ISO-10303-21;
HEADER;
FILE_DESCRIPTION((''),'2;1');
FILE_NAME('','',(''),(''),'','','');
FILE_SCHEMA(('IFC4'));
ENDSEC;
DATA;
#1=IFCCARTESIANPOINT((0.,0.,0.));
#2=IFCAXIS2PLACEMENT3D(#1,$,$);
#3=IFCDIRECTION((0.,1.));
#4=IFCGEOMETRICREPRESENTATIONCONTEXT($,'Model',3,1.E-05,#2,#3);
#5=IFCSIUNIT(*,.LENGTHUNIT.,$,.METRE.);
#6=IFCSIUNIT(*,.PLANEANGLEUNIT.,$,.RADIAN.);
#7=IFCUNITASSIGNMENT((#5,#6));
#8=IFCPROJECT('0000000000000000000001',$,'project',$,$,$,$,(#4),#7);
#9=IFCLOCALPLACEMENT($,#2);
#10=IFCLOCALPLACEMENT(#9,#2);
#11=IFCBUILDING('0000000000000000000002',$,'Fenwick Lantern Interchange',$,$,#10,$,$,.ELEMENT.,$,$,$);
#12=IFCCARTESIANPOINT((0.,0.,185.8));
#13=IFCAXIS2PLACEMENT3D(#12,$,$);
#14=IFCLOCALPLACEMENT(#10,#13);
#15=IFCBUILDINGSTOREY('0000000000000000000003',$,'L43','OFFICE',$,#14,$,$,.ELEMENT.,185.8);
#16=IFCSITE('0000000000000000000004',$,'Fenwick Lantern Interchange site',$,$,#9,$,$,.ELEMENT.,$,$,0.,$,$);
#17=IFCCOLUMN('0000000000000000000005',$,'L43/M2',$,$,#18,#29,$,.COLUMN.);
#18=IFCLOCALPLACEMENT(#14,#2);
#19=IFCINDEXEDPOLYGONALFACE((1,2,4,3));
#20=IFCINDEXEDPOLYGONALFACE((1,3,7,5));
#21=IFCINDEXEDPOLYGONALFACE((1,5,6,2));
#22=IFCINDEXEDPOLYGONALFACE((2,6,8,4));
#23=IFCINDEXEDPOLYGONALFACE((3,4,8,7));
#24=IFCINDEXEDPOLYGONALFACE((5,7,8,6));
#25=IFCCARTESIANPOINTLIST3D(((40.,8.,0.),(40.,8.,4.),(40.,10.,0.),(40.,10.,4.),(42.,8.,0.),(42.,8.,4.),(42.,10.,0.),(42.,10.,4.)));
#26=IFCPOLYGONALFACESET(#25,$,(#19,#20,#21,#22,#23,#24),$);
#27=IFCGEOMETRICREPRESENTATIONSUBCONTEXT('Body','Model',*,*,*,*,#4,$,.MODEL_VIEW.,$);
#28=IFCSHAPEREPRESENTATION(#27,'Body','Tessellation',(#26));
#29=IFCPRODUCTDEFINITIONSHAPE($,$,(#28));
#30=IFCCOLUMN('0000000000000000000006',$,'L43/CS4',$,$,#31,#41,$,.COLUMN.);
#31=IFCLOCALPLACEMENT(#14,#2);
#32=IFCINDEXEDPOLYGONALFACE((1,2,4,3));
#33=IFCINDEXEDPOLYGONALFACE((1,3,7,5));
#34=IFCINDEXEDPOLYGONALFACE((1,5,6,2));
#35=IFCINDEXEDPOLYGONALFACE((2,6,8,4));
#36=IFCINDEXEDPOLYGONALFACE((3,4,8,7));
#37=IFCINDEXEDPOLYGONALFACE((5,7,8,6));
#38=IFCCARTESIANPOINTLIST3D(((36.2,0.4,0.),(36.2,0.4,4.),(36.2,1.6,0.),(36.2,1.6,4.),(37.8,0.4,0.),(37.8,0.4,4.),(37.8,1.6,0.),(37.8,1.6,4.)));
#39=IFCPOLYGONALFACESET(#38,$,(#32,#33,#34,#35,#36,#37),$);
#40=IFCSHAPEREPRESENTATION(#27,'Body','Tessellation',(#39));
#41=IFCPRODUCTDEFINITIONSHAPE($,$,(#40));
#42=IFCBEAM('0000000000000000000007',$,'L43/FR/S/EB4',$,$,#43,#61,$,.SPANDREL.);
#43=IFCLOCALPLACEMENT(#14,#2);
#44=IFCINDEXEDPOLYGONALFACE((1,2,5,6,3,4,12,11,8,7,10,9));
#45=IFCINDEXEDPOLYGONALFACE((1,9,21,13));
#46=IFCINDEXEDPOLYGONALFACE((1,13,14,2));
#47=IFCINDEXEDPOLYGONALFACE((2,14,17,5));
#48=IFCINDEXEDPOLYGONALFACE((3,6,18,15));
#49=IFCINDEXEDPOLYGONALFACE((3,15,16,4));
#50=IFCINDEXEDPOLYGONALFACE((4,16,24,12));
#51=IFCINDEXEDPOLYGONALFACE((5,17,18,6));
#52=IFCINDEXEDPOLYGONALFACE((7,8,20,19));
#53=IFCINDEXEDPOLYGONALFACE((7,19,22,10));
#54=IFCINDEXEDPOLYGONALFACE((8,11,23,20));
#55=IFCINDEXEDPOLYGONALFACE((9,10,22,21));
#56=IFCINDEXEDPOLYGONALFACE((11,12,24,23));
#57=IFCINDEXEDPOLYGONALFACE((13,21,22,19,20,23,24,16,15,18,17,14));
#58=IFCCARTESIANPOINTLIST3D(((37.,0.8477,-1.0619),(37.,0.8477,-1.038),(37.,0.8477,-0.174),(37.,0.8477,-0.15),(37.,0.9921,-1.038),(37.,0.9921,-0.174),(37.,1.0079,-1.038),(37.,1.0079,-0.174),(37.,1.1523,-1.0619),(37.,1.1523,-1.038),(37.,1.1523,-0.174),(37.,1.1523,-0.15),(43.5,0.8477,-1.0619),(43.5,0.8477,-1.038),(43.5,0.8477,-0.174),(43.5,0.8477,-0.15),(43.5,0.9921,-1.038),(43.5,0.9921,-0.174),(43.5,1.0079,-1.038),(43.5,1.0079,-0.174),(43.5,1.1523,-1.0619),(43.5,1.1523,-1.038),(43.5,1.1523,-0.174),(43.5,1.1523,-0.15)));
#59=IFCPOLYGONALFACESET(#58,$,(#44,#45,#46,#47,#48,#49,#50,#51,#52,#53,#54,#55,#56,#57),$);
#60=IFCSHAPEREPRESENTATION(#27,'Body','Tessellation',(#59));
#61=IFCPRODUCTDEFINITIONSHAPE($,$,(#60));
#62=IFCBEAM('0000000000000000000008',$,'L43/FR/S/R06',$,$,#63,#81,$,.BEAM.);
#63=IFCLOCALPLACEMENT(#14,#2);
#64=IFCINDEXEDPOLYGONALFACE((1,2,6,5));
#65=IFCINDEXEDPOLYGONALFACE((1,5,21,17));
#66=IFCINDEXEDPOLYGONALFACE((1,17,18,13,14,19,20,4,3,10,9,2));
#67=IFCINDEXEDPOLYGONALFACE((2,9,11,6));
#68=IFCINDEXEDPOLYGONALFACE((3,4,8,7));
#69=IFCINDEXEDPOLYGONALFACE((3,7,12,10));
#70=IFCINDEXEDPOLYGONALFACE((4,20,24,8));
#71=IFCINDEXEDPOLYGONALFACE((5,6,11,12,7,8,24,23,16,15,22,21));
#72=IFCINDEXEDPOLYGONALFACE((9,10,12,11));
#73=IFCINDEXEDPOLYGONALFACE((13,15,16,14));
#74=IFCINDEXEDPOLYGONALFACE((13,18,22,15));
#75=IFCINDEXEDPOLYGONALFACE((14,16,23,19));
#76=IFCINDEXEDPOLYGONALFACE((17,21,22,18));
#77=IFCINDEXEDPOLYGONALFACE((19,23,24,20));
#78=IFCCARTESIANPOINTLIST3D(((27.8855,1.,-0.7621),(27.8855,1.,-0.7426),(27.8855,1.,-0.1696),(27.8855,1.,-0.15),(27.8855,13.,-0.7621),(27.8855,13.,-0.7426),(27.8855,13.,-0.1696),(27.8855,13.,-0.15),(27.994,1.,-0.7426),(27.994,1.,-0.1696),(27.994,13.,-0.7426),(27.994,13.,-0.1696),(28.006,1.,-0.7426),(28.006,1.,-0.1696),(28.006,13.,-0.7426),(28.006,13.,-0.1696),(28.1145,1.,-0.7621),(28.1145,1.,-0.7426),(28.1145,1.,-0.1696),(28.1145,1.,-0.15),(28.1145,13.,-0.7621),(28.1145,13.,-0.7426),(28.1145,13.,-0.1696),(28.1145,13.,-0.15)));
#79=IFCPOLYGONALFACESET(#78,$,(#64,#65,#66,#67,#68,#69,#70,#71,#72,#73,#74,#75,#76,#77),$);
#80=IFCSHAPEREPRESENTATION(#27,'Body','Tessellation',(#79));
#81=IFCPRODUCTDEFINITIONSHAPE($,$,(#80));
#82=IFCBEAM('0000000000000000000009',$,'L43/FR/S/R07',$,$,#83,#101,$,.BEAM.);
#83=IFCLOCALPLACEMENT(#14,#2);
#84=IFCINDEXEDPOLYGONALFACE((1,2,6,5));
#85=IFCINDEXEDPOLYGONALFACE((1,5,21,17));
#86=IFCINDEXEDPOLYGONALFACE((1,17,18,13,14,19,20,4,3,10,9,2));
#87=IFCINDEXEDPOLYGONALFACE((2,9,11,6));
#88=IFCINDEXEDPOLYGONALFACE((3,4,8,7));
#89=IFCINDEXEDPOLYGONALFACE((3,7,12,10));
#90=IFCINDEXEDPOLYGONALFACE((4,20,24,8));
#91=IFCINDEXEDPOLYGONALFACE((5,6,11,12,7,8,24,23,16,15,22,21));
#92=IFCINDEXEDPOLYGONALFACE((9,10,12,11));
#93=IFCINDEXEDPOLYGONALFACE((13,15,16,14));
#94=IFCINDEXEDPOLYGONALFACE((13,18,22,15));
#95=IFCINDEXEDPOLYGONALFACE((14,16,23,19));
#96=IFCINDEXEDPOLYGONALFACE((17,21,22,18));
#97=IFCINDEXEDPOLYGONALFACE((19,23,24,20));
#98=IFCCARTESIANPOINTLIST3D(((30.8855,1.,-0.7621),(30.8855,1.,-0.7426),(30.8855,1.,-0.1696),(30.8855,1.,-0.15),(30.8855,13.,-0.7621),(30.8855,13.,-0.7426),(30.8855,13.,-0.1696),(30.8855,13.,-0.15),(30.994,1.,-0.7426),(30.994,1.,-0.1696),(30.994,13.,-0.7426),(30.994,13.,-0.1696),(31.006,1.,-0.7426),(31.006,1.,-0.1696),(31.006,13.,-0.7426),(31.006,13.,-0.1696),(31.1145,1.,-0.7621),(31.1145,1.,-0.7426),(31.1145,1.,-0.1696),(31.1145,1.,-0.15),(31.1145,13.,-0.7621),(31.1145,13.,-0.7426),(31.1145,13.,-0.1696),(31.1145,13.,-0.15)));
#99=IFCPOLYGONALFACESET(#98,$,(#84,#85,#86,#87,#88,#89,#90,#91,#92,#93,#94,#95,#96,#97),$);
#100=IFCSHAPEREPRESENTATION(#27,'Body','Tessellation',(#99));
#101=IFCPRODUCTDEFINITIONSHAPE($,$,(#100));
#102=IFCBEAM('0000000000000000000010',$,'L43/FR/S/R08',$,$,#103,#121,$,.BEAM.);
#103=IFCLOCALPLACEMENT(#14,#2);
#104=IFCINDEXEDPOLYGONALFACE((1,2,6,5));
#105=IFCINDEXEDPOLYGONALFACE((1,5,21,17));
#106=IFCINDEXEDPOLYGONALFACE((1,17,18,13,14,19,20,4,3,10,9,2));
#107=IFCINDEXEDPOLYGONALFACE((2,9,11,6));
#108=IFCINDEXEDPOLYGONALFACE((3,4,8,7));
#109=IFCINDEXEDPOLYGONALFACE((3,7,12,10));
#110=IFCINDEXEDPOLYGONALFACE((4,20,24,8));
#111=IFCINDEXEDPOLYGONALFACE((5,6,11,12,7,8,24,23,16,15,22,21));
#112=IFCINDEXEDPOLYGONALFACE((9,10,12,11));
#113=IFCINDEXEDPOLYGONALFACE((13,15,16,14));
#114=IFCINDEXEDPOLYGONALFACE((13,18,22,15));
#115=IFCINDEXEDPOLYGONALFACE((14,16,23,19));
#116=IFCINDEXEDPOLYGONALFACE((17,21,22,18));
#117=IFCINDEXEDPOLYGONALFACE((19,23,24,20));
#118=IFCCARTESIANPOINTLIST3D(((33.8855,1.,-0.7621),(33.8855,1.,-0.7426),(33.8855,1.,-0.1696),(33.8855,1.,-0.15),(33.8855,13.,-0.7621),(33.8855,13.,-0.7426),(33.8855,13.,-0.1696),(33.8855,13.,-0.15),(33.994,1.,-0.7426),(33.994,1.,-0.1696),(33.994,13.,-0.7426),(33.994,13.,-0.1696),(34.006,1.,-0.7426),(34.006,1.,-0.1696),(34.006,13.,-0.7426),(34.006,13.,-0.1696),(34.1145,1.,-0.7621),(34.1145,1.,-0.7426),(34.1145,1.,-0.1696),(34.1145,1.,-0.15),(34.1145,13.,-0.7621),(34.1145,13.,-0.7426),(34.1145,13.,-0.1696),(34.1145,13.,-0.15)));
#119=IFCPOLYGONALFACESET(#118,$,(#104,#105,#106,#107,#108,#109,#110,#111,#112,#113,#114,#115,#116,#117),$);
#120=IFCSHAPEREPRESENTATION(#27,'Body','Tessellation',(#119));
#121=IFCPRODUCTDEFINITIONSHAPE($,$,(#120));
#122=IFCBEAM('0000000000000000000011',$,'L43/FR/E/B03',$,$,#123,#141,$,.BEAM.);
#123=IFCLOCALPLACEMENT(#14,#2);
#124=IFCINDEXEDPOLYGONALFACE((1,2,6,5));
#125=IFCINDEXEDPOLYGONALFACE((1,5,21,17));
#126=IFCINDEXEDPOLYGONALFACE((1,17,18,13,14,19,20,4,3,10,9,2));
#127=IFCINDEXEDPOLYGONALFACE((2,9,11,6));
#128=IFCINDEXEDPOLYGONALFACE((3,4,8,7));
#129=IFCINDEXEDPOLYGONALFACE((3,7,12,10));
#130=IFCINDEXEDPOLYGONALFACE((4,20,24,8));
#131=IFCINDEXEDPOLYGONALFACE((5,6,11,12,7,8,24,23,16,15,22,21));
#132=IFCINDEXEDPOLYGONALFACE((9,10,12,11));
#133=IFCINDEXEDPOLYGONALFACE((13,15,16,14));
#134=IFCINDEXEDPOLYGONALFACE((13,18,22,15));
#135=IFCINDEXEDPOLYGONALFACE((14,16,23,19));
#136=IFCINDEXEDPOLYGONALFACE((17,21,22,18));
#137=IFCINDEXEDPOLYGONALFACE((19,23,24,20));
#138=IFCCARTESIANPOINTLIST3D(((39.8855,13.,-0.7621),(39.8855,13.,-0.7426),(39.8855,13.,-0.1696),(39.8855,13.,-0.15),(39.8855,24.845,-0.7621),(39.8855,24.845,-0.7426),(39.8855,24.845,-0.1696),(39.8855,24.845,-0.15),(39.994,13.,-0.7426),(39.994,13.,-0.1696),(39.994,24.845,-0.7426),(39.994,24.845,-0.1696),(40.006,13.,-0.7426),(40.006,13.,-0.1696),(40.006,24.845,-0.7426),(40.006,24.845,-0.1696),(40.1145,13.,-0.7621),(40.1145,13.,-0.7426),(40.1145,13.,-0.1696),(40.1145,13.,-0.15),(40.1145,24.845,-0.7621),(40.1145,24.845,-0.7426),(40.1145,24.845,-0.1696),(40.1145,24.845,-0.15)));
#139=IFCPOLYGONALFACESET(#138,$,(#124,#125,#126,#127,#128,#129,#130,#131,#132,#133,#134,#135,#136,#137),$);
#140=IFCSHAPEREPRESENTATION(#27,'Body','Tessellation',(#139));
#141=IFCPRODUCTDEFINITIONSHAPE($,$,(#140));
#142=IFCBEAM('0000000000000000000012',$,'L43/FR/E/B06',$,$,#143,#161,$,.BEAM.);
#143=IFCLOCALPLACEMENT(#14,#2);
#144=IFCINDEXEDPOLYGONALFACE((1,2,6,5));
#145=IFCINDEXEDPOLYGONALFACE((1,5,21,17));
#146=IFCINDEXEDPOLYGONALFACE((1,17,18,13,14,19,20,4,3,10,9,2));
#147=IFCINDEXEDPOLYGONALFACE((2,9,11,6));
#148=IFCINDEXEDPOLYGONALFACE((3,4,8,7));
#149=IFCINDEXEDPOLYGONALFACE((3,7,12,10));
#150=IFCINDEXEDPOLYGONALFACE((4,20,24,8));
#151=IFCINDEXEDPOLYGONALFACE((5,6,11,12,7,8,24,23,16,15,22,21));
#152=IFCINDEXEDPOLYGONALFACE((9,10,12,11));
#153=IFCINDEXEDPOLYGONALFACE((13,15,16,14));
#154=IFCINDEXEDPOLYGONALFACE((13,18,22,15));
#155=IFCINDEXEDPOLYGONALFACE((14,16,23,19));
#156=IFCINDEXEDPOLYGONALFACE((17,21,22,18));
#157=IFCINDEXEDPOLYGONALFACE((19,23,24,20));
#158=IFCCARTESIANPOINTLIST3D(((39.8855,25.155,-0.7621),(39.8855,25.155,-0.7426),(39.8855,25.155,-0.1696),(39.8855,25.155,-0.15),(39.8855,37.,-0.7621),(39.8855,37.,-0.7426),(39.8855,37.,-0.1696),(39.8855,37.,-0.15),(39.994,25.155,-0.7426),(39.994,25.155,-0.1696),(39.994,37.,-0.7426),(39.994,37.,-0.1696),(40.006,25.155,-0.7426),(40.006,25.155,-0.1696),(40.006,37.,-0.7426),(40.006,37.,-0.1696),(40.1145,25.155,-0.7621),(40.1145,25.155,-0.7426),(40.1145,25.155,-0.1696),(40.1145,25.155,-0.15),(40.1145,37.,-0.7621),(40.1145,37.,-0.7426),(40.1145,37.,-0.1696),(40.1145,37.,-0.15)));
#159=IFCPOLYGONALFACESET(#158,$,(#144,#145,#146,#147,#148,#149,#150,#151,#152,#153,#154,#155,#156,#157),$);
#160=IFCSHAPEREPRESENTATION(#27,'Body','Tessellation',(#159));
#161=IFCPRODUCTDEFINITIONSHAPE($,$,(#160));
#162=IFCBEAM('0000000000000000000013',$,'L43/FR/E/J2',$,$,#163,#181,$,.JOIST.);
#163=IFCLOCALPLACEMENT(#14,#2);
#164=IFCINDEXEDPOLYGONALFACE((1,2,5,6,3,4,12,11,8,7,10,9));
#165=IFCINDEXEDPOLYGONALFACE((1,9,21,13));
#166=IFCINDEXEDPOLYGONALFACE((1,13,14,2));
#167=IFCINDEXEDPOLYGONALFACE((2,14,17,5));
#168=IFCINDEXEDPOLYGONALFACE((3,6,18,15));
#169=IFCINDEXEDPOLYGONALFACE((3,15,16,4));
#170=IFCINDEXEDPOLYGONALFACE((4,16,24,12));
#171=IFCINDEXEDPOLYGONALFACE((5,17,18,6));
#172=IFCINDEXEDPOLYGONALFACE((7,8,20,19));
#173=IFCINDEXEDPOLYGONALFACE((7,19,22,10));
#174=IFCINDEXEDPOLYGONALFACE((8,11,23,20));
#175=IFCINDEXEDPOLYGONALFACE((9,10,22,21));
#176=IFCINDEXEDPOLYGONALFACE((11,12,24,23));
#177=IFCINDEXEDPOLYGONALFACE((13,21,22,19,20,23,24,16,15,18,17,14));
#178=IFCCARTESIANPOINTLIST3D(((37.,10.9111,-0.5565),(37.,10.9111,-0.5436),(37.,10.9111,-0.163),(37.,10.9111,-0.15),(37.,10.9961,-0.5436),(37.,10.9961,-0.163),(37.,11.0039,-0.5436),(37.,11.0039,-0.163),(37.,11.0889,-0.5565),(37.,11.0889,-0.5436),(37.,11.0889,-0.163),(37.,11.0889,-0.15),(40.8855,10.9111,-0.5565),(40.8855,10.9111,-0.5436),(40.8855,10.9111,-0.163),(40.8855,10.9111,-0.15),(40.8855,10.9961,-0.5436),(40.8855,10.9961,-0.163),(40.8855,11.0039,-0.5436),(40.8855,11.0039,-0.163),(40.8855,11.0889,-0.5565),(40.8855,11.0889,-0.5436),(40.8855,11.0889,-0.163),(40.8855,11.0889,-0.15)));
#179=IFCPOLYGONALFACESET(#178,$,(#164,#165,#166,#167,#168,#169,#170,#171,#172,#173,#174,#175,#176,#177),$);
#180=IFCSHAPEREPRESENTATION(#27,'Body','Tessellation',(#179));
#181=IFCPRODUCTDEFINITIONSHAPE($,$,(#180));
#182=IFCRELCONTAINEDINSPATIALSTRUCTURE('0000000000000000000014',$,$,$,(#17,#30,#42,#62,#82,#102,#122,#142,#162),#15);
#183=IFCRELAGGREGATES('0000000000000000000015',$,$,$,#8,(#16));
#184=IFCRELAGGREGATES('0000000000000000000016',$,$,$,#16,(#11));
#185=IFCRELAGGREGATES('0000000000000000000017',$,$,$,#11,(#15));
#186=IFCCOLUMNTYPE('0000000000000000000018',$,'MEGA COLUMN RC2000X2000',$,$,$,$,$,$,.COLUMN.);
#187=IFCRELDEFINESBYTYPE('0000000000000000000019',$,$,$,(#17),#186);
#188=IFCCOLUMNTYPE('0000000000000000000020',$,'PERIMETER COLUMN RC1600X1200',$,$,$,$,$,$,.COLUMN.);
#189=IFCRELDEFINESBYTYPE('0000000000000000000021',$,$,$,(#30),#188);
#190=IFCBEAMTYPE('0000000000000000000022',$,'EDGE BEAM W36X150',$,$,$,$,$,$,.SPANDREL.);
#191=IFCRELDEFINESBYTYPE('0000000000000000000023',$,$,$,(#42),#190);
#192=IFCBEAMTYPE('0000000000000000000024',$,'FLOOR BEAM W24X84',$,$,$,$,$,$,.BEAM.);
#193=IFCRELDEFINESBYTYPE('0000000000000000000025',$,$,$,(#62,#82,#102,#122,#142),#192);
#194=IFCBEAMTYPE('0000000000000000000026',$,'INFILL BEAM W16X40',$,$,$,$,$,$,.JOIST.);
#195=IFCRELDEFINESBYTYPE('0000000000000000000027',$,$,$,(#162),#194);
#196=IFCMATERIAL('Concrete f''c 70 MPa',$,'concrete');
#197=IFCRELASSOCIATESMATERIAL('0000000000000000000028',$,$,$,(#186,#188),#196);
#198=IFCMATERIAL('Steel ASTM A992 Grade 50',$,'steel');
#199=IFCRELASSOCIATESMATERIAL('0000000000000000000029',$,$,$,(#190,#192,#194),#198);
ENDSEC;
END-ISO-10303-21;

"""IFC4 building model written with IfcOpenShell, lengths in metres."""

from ifc_helpers import new_model, si_unit, direction, frame, origin, origin_2d, place, context, subcontext, project, spatial, rectangle, i_section, extrude, material, material_profile, profile_set, type_object, element, save


model = new_model("IFC4")

# Units and contexts
model_context = context("Model", 3, precision=1e-05, world=origin(), true_north=direction((0.0, 1.0)))
body_context = subcontext(model_context, "Body", "Model", "MODEL_VIEW")
ifc_project = project(units=[si_unit("LENGTHUNIT", "METRE"), si_unit("PLANEANGLEUNIT", "RADIAN")], contexts=[model_context])

# Site, building, storey
site_placement = place(None, origin())
site = spatial("IfcSite", under=ifc_project, at=site_placement, Name="Fenwick Lantern Interchange site", CompositionType="ELEMENT", RefElevation=0.0)
building_placement = place(site_placement, origin())
building = spatial("IfcBuilding", under=site, at=building_placement, Name="Fenwick Lantern Interchange", CompositionType="ELEMENT")
storey_placement = place(building_placement, frame((0.0, 0.0, 185.8)))
storey = spatial("IfcBuildingStorey", under=building, at=storey_placement, Name="L43", Description="OFFICE", CompositionType="ELEMENT", Elevation=185.8)

# Columns
ifc_material_1 = material(Name="Concrete f'c 70 MPa", Category="concrete")
ifc_material_profile_1 = material_profile(ifc_material_1, rectangle(XDim=2.0, YDim=2.0, at=origin_2d()), Name="RC2000X2000")
ifc_profile_set_1 = profile_set([ifc_material_profile_1], Name="Concrete f'c 70 MPa")
column_type_1 = type_object("IfcColumnType", Name="MEGA COLUMN RC2000X2000", PredefinedType="COLUMN", material=ifc_profile_set_1)
column_1_placement = place(storey_placement, frame((41.0, 9.0, 0.0), z_axis=(0.0, 0.0, 1.0), x_axis=(1.0, 0.0, 0.0)))
element("IfcColumn", 1, at=column_1_placement, inside=storey, type_object=column_type_1, Name="L43/M2", PredefinedType="COLUMN", context=body_context, shape_type="SweptSolid", body=[
    extrude(rectangle(XDim=2.0, YDim=2.0, at=origin_2d()), origin(), (0.0, 0.0, 1.0), 4.0),
])
ifc_material_profile_2 = material_profile(ifc_material_1, rectangle(XDim=1.6001, YDim=1.2, at=origin_2d()), Name="RC1600X1200")
ifc_profile_set_2 = profile_set([ifc_material_profile_2], Name="Concrete f'c 70 MPa")
column_type_2 = type_object("IfcColumnType", Name="PERIMETER COLUMN RC1600X1200", PredefinedType="COLUMN", material=ifc_profile_set_2)
column_2_placement = place(storey_placement, frame((37.0, 1.0, 0.0), z_axis=(0.0, 0.0, 1.0), x_axis=(1.0, 0.0, 0.0)))
element("IfcColumn", 2, at=column_2_placement, inside=storey, type_object=column_type_2, Name="L43/CS4", PredefinedType="COLUMN", context=body_context, shape_type="SweptSolid", body=[
    extrude(rectangle(XDim=1.6001, YDim=1.2, at=origin_2d()), origin(), (0.0, 0.0, 1.0), 4.0),
])

# Beams
ifc_material_2 = material(Name="Steel ASTM A992 Grade 50", Category="steel")
ifc_material_profile_3 = material_profile(ifc_material_2, i_section(OverallWidth=0.3047, OverallDepth=0.9119, WebThickness=0.0159, FlangeThickness=0.0239, at=origin_2d()), Name="W36X150")
ifc_profile_set_3 = profile_set([ifc_material_profile_3], Name="Steel ASTM A992 Grade 50")
beam_type_1 = type_object("IfcBeamType", Name="EDGE BEAM W36X150", PredefinedType="SPANDREL", material=ifc_profile_set_3)
beam_1_placement = place(storey_placement, frame((37.0, 1.0, -0.606), z_axis=(1.0, 0.0, 0.0), x_axis=(0.0, 1.0, 0.0)))
element("IfcBeam", 3, at=beam_1_placement, inside=storey, type_object=beam_type_1, Name="L43/FR/S/EB4", PredefinedType="SPANDREL", context=body_context, shape_type="SweptSolid", body=[
    extrude(i_section(OverallWidth=0.3047, OverallDepth=0.9119, WebThickness=0.0159, FlangeThickness=0.0239, at=origin_2d()), origin(), (0.0, 0.0, 1.0), 6.5),
])
ifc_material_profile_4 = material_profile(ifc_material_2, i_section(OverallWidth=0.229, OverallDepth=0.6121, WebThickness=0.012, FlangeThickness=0.0195, at=origin_2d()), Name="W24X84")
ifc_profile_set_4 = profile_set([ifc_material_profile_4], Name="Steel ASTM A992 Grade 50")
beam_type_2 = type_object("IfcBeamType", Name="FLOOR BEAM W24X84", PredefinedType="BEAM", material=ifc_profile_set_4)
for number, where, z_axis, x_axis, name in (
    (4, (28.0, 1.0, -0.4561), (0.0, 1.0, 0.0), (-1.0, 0.0, 0.0), "L43/FR/S/R06"),
    (5, (31.0, 1.0, -0.4561), (0.0, 1.0, 0.0), (-1.0, 0.0, 0.0), "L43/FR/S/R07"),
    (6, (34.0, 1.0, -0.4561), (0.0, 1.0, 0.0), (-1.0, 0.0, 0.0), "L43/FR/S/R08"),
):
    element("IfcBeam", number, at=place(storey_placement, frame(where, z_axis=z_axis, x_axis=x_axis)), inside=storey, type_object=beam_type_2, Name=name, PredefinedType="BEAM", context=body_context, shape_type="SweptSolid", body=[
        extrude(i_section(OverallWidth=0.229, OverallDepth=0.6121, WebThickness=0.012, FlangeThickness=0.0195, at=origin_2d()), origin(), (0.0, 0.0, 1.0), 12.0),
    ])
for number, where, z_axis, x_axis, name in (
    (7, (40.0, 13.0, -0.4561), (0.0, 1.0, 0.0), (-1.0, 0.0, 0.0), "L43/FR/E/B03"),
    (8, (40.0, 25.155, -0.4561), (0.0, 1.0, 0.0), (-1.0, 0.0, 0.0), "L43/FR/E/B06"),
):
    element("IfcBeam", number, at=place(storey_placement, frame(where, z_axis=z_axis, x_axis=x_axis)), inside=storey, type_object=beam_type_2, Name=name, PredefinedType="BEAM", context=body_context, shape_type="SweptSolid", body=[
        extrude(i_section(OverallWidth=0.229, OverallDepth=0.6121, WebThickness=0.012, FlangeThickness=0.0195, at=origin_2d()), origin(), (0.0, 0.0, 1.0), 11.845),
    ])
ifc_material_profile_5 = material_profile(ifc_material_2, i_section(OverallWidth=0.1777, OverallDepth=0.4065, WebThickness=0.0078, FlangeThickness=0.0129, at=origin_2d()), Name="W16X40")
ifc_profile_set_5 = profile_set([ifc_material_profile_5], Name="Steel ASTM A992 Grade 50")
beam_type_3 = type_object("IfcBeamType", Name="INFILL BEAM W16X40", PredefinedType="JOIST", material=ifc_profile_set_5)
beam_2_placement = place(storey_placement, frame((40.8855, 11.0, -0.3533), z_axis=(-1.0, 0.0, 0.0), x_axis=(0.0, -1.0, 0.0)))
element("IfcBeam", 9, at=beam_2_placement, inside=storey, type_object=beam_type_3, Name="L43/FR/E/J2", PredefinedType="JOIST", context=body_context, shape_type="SweptSolid", body=[
    extrude(i_section(OverallWidth=0.1777, OverallDepth=0.4065, WebThickness=0.0078, FlangeThickness=0.0129, at=origin_2d()), origin(), (0.0, 0.0, 1.0), 3.8855),
])

save(model, "model.ifc")
